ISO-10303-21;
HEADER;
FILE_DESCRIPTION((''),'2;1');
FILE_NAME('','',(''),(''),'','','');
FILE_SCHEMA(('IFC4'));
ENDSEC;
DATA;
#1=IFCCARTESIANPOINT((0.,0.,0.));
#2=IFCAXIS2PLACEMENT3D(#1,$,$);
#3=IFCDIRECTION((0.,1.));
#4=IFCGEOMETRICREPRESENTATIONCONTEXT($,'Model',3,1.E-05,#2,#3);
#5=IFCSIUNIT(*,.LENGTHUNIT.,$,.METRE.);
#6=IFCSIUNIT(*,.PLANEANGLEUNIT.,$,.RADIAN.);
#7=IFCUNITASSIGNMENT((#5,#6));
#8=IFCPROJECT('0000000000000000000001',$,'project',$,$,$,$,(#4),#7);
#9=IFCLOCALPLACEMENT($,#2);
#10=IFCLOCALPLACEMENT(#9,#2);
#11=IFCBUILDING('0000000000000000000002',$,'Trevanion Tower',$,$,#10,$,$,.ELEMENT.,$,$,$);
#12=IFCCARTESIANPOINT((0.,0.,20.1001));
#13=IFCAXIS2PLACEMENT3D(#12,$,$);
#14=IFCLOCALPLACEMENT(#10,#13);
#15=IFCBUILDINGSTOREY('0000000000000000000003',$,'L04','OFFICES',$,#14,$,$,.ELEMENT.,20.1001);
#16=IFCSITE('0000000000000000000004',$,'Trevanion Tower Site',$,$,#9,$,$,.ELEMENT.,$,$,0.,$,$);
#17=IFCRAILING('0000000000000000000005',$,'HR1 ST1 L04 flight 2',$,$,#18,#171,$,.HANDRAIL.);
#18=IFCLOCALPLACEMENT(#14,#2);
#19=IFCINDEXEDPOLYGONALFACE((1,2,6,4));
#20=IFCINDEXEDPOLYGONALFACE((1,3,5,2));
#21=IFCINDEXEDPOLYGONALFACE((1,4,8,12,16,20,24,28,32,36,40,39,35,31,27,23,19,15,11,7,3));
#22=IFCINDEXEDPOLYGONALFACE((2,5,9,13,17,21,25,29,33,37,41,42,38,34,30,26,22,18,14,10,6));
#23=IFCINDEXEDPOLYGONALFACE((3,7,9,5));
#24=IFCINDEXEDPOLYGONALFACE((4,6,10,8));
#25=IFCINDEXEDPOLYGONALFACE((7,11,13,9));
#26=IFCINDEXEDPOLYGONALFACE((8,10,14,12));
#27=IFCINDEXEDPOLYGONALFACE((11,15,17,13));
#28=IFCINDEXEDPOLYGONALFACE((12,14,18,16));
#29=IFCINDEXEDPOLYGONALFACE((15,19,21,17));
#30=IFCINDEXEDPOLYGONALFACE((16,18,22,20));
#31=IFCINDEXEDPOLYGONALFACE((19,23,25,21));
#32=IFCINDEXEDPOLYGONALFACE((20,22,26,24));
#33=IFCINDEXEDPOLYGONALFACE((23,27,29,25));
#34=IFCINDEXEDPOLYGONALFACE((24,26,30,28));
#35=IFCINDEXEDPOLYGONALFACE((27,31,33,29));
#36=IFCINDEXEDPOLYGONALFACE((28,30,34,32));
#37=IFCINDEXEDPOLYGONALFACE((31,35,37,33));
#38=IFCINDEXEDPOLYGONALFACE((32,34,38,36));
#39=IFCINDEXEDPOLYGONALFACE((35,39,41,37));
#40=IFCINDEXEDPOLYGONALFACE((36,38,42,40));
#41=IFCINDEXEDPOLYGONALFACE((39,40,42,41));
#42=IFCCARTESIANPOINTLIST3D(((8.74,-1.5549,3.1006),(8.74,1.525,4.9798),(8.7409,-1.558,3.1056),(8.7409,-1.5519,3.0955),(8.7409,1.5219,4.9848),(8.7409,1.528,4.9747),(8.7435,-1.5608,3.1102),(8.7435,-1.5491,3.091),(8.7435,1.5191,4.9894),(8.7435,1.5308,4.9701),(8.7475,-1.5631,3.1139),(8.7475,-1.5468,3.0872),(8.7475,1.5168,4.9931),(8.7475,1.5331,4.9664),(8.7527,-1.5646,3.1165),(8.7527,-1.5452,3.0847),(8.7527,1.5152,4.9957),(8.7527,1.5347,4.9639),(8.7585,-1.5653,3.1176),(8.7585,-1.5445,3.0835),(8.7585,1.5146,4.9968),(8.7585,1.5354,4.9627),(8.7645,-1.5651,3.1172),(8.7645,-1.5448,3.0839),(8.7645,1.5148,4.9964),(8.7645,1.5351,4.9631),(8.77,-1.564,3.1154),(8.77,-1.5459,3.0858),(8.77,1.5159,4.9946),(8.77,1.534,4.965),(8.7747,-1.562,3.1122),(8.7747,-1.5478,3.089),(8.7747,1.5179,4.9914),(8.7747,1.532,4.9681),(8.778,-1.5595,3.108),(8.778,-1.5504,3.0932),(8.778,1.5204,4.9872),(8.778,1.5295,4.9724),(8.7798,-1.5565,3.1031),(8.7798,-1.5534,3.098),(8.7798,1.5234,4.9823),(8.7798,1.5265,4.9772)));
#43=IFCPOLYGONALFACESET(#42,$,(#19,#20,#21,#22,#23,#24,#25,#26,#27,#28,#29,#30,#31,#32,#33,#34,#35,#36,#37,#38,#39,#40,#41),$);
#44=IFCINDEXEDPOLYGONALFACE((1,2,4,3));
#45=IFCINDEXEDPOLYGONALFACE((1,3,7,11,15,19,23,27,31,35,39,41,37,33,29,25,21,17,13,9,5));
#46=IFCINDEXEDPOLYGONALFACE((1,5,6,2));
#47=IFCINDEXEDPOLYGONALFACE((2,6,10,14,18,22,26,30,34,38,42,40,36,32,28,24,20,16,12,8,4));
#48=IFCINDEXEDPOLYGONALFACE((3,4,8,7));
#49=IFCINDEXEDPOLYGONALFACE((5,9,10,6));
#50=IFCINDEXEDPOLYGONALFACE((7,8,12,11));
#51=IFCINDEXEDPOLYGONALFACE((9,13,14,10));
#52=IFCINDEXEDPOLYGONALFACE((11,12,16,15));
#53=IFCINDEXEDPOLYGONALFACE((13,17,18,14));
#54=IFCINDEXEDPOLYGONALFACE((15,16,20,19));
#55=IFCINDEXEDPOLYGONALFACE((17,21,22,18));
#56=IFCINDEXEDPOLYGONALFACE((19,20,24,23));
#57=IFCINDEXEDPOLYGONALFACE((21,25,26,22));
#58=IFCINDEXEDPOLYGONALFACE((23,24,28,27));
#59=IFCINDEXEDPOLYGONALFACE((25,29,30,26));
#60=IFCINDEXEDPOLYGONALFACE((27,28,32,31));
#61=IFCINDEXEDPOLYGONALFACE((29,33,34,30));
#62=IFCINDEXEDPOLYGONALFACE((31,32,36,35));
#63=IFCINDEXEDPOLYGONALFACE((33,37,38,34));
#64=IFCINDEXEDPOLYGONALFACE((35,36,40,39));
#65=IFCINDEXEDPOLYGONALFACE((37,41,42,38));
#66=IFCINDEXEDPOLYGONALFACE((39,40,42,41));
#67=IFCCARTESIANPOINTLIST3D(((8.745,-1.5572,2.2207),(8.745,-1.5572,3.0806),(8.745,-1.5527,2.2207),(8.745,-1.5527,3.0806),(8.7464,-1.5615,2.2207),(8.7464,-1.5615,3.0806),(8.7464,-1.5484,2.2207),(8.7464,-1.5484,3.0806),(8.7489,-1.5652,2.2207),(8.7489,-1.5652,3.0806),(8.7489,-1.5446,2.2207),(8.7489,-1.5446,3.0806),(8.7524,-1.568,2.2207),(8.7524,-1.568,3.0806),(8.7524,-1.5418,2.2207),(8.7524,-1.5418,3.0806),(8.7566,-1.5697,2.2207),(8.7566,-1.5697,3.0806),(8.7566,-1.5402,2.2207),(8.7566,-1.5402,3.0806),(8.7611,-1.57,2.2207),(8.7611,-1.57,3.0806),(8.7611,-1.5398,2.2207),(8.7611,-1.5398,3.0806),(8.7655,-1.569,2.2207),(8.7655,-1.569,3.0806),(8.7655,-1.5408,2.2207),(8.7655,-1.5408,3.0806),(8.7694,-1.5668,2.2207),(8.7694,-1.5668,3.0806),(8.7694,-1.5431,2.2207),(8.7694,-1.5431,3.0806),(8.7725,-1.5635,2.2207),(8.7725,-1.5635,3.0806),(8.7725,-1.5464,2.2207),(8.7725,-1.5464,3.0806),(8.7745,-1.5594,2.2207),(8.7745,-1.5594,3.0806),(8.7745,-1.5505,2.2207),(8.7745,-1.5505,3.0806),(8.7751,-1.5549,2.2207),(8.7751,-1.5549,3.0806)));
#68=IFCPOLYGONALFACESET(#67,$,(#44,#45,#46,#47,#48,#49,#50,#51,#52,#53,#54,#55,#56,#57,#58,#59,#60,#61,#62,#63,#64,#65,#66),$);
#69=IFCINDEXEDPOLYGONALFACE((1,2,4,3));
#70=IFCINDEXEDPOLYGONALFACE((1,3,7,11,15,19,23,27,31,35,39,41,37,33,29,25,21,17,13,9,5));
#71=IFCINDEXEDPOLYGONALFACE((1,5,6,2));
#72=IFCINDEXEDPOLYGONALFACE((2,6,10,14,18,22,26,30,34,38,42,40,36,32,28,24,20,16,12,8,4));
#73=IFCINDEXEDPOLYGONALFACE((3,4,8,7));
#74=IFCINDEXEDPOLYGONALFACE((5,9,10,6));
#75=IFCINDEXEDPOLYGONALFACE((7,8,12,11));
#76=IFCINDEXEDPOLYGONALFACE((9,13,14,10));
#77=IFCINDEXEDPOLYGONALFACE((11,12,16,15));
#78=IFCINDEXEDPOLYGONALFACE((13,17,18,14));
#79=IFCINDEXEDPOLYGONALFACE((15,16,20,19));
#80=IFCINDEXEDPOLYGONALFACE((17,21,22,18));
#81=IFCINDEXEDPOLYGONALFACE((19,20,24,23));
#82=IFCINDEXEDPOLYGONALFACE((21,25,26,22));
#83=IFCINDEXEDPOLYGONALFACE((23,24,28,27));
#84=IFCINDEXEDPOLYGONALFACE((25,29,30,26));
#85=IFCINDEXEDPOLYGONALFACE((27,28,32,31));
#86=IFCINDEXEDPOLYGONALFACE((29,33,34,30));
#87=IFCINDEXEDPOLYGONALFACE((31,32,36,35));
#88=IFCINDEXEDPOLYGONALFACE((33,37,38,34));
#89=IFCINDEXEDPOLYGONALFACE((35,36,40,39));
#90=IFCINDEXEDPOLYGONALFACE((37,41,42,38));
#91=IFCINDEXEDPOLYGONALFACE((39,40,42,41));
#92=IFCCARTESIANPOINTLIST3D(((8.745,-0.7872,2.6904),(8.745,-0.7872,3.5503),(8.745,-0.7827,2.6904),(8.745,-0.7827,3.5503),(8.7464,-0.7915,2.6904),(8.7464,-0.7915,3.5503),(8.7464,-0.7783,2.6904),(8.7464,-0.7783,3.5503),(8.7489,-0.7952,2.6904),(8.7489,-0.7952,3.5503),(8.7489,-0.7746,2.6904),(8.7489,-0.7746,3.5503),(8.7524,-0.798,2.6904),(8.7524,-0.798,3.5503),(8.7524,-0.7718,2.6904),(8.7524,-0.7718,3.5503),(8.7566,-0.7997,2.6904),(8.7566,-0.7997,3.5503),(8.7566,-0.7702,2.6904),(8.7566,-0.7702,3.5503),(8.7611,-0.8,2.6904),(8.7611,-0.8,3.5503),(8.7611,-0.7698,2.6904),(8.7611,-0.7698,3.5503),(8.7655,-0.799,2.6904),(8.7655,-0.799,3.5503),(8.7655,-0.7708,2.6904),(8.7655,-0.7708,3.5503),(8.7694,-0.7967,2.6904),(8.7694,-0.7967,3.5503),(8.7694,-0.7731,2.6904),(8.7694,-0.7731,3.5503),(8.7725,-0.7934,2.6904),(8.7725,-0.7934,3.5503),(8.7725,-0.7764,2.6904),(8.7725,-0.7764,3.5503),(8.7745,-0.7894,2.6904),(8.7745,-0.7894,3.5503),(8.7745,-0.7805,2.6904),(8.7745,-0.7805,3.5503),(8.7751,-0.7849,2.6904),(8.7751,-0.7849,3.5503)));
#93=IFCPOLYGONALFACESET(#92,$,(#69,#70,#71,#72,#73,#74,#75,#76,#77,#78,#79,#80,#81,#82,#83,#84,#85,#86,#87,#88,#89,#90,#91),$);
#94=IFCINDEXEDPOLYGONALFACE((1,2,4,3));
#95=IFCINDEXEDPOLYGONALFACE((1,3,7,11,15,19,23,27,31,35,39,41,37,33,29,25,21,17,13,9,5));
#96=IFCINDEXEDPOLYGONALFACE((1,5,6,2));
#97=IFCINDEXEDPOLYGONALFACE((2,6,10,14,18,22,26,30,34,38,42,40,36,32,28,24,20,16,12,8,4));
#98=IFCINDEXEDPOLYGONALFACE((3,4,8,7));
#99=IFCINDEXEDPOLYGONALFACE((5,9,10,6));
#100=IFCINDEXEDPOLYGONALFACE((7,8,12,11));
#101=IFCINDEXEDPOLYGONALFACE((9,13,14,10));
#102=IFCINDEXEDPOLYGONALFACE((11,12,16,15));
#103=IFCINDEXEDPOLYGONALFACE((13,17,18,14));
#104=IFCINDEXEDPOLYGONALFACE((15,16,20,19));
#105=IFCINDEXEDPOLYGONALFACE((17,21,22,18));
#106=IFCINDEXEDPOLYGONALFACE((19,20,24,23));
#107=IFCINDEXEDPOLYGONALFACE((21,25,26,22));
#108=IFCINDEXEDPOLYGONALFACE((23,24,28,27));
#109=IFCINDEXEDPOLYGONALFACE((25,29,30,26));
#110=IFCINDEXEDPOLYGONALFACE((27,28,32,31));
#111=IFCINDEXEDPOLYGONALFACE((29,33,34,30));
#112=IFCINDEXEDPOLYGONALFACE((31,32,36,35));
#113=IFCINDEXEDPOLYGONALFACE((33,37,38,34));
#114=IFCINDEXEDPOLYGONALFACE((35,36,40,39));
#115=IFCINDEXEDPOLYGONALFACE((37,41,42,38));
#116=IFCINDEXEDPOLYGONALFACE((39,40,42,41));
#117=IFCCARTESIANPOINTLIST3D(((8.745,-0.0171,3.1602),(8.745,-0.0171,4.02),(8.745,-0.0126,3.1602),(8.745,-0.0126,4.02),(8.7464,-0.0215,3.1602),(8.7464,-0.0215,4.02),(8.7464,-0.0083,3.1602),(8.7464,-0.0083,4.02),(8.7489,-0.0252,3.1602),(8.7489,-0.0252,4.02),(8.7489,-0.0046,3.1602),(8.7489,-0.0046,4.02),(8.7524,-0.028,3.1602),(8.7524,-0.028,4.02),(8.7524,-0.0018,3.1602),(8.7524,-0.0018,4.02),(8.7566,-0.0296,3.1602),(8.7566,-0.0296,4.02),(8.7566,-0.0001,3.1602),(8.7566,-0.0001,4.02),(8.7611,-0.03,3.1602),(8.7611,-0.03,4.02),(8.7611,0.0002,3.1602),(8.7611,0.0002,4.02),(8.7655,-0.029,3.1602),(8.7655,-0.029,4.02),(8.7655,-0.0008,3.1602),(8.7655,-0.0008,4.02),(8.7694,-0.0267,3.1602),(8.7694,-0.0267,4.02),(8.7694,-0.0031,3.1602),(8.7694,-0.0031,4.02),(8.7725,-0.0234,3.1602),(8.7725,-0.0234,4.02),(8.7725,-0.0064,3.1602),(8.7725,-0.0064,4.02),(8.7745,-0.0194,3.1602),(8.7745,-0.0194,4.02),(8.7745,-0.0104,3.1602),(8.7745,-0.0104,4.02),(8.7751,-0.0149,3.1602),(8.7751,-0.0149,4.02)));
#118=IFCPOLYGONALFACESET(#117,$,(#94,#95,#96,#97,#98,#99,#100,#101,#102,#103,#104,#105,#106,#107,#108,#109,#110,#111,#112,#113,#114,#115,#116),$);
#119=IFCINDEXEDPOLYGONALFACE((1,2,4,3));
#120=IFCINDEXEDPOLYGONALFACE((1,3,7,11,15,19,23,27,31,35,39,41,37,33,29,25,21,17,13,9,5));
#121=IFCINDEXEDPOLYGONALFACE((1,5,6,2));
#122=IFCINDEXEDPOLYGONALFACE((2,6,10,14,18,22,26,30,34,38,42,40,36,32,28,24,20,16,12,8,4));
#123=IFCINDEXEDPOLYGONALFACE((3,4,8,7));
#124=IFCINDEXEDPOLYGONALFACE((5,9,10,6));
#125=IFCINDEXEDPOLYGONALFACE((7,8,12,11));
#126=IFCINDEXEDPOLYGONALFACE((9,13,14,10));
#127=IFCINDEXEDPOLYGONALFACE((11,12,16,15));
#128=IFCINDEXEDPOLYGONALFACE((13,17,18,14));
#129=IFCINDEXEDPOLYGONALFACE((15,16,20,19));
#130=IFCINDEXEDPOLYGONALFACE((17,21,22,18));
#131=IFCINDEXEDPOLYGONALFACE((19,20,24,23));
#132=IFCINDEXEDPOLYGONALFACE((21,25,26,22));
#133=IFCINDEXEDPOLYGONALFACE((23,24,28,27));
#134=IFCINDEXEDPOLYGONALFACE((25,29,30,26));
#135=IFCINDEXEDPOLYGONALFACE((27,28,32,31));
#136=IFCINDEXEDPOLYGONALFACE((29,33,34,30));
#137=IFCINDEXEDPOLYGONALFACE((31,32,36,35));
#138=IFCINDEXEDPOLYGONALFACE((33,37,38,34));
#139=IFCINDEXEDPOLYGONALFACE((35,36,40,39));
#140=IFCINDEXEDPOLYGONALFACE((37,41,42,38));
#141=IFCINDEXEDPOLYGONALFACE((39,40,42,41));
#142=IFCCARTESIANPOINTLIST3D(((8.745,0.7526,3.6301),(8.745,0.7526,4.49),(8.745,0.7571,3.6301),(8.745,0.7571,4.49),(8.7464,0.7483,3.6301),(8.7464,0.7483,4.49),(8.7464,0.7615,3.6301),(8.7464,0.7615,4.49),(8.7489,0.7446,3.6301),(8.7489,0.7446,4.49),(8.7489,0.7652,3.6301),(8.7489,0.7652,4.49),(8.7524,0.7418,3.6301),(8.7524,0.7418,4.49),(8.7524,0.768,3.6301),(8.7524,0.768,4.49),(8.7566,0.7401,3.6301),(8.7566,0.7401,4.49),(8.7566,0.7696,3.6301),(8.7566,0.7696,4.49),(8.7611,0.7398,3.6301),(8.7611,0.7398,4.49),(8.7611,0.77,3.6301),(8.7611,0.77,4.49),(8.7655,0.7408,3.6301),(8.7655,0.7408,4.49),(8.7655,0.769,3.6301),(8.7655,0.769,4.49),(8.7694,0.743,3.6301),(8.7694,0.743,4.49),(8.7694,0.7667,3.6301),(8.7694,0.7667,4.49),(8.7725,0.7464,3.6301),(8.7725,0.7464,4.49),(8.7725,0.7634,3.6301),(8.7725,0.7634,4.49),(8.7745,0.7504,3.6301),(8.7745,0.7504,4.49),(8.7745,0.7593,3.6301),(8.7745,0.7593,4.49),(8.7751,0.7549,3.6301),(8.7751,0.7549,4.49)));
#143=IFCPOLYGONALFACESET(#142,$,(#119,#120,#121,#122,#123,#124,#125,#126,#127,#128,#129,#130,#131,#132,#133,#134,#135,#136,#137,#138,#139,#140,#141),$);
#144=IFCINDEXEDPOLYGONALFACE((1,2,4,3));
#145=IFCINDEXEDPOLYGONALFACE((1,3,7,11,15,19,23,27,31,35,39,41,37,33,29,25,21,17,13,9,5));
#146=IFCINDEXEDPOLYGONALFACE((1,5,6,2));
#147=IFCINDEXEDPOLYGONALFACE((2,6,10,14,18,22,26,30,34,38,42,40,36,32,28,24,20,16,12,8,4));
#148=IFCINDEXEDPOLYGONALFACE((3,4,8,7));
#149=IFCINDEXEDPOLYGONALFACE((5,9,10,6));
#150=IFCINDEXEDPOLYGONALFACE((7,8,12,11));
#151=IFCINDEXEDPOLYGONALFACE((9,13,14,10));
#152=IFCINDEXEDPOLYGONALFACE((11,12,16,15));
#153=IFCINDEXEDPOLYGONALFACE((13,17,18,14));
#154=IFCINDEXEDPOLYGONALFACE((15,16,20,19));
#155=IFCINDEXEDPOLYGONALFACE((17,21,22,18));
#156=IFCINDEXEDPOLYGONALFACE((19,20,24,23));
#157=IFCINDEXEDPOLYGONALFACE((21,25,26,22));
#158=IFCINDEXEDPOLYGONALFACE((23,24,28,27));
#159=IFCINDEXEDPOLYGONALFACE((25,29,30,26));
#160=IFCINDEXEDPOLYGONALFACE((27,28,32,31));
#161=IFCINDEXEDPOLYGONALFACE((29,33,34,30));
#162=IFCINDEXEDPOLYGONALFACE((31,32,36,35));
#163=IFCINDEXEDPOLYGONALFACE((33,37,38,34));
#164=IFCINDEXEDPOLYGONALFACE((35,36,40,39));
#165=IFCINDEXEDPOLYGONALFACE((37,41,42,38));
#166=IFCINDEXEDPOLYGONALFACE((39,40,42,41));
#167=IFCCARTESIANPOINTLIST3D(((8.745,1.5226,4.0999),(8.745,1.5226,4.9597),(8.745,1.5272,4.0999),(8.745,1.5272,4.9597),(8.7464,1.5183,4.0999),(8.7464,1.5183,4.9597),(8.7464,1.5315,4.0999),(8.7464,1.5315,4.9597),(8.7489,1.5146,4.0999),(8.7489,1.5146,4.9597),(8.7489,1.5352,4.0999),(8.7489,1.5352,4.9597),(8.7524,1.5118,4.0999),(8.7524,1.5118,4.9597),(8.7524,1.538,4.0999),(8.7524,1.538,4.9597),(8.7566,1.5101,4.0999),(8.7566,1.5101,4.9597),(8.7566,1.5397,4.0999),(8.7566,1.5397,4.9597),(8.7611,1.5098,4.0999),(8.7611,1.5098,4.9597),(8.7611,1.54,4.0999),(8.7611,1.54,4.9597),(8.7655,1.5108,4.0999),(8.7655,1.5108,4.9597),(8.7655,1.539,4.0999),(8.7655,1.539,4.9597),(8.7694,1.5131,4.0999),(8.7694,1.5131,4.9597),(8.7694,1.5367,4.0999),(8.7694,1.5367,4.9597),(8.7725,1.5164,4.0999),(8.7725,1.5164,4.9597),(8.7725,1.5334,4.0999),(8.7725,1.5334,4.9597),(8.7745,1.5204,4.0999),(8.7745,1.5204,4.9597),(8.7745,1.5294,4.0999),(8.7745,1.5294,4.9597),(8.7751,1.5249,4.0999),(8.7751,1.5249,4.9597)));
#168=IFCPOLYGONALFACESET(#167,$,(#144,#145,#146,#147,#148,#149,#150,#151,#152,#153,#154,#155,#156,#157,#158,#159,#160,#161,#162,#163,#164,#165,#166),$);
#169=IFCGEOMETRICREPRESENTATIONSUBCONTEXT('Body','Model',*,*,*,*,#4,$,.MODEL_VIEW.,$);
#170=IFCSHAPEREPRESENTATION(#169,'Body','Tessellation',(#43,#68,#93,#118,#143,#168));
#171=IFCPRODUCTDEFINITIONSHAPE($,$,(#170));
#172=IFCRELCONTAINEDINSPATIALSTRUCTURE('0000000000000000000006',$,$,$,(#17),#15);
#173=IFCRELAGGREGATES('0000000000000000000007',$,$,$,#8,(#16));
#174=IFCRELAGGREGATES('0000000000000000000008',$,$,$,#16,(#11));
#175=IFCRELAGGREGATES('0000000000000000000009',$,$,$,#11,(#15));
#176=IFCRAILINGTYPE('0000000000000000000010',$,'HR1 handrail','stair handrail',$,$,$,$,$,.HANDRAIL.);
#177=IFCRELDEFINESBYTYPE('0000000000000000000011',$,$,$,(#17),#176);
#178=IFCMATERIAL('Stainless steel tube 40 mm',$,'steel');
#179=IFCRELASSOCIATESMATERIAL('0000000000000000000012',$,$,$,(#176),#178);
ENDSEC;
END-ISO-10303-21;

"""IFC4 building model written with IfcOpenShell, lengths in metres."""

from ifc_helpers import new_model, si_unit, direction, frame, origin, origin_2d, place, context, subcontext, project, spatial, circle, extrude, material, type_object, element, save


model = new_model("IFC4")

# Units and contexts
model_context = context("Model", 3, precision=1e-05, world=origin(), true_north=direction((0.0, 1.0)))
body_context = subcontext(model_context, "Body", "Model", "MODEL_VIEW")
ifc_project = project(units=[si_unit("LENGTHUNIT", "METRE"), si_unit("PLANEANGLEUNIT", "RADIAN")], contexts=[model_context])

# Site, building, storey
site_placement = place(None, origin())
site = spatial("IfcSite", under=ifc_project, at=site_placement, Name="Trevanion Tower Site", CompositionType="ELEMENT", RefElevation=0.0)
building_placement = place(site_placement, origin())
building = spatial("IfcBuilding", under=site, at=building_placement, Name="Trevanion Tower", CompositionType="ELEMENT")
storey_placement = place(building_placement, frame((0.0, 0.0, 20.1001)))
storey = spatial("IfcBuildingStorey", under=building, at=storey_placement, Name="L04", Description="OFFICES", CompositionType="ELEMENT", Elevation=20.1001)

# Railing
ifc_material_1 = material(Name="Stainless steel tube 40 mm", Category="steel")
railing_type = type_object("IfcRailingType", Name="HR1 handrail", Description="stair handrail", PredefinedType="HANDRAIL", material=ifc_material_1)
for number, where, name in (
    (1, (8.76, -1.5549, 2.2207), "HR1 ST1 L04 flight 2"),
):
    element("IfcRailing", number, at=place(storey_placement, frame(where)), inside=storey, type_object=railing_type, Name=name, PredefinedType="HANDRAIL", context=body_context, shape_type="SweptSolid", body=[
        extrude(circle(Radius=0.02, at=origin_2d()), frame((0.0, 0.0, 0.8799), z_axis=(0.0, 0.853648, 0.52085), x_axis=(-1.0, 0.0, 0.0)), (0.0, 0.0, 1.0), 3.6079),
        extrude(circle(Radius=0.0151, at=origin_2d()), origin(), (0.0, 0.0, 1.0), 0.8599),
        extrude(circle(Radius=0.0151, at=origin_2d()), frame((0.0, 0.77, 0.4697)), (0.0, 0.0, 1.0), 0.8599),
        extrude(circle(Radius=0.0151, at=origin_2d()), frame((0.0, 1.54, 0.9395)), (0.0, 0.0, 1.0), 0.8599),
        extrude(circle(Radius=0.0151, at=origin_2d()), frame((0.0, 2.3098, 1.4094)), (0.0, 0.0, 1.0), 0.8599),
        extrude(circle(Radius=0.0151, at=origin_2d()), frame((0.0, 3.0798, 1.8792)), (0.0, 0.0, 1.0), 0.8599),
    ])

save(model, "model.ifc")
